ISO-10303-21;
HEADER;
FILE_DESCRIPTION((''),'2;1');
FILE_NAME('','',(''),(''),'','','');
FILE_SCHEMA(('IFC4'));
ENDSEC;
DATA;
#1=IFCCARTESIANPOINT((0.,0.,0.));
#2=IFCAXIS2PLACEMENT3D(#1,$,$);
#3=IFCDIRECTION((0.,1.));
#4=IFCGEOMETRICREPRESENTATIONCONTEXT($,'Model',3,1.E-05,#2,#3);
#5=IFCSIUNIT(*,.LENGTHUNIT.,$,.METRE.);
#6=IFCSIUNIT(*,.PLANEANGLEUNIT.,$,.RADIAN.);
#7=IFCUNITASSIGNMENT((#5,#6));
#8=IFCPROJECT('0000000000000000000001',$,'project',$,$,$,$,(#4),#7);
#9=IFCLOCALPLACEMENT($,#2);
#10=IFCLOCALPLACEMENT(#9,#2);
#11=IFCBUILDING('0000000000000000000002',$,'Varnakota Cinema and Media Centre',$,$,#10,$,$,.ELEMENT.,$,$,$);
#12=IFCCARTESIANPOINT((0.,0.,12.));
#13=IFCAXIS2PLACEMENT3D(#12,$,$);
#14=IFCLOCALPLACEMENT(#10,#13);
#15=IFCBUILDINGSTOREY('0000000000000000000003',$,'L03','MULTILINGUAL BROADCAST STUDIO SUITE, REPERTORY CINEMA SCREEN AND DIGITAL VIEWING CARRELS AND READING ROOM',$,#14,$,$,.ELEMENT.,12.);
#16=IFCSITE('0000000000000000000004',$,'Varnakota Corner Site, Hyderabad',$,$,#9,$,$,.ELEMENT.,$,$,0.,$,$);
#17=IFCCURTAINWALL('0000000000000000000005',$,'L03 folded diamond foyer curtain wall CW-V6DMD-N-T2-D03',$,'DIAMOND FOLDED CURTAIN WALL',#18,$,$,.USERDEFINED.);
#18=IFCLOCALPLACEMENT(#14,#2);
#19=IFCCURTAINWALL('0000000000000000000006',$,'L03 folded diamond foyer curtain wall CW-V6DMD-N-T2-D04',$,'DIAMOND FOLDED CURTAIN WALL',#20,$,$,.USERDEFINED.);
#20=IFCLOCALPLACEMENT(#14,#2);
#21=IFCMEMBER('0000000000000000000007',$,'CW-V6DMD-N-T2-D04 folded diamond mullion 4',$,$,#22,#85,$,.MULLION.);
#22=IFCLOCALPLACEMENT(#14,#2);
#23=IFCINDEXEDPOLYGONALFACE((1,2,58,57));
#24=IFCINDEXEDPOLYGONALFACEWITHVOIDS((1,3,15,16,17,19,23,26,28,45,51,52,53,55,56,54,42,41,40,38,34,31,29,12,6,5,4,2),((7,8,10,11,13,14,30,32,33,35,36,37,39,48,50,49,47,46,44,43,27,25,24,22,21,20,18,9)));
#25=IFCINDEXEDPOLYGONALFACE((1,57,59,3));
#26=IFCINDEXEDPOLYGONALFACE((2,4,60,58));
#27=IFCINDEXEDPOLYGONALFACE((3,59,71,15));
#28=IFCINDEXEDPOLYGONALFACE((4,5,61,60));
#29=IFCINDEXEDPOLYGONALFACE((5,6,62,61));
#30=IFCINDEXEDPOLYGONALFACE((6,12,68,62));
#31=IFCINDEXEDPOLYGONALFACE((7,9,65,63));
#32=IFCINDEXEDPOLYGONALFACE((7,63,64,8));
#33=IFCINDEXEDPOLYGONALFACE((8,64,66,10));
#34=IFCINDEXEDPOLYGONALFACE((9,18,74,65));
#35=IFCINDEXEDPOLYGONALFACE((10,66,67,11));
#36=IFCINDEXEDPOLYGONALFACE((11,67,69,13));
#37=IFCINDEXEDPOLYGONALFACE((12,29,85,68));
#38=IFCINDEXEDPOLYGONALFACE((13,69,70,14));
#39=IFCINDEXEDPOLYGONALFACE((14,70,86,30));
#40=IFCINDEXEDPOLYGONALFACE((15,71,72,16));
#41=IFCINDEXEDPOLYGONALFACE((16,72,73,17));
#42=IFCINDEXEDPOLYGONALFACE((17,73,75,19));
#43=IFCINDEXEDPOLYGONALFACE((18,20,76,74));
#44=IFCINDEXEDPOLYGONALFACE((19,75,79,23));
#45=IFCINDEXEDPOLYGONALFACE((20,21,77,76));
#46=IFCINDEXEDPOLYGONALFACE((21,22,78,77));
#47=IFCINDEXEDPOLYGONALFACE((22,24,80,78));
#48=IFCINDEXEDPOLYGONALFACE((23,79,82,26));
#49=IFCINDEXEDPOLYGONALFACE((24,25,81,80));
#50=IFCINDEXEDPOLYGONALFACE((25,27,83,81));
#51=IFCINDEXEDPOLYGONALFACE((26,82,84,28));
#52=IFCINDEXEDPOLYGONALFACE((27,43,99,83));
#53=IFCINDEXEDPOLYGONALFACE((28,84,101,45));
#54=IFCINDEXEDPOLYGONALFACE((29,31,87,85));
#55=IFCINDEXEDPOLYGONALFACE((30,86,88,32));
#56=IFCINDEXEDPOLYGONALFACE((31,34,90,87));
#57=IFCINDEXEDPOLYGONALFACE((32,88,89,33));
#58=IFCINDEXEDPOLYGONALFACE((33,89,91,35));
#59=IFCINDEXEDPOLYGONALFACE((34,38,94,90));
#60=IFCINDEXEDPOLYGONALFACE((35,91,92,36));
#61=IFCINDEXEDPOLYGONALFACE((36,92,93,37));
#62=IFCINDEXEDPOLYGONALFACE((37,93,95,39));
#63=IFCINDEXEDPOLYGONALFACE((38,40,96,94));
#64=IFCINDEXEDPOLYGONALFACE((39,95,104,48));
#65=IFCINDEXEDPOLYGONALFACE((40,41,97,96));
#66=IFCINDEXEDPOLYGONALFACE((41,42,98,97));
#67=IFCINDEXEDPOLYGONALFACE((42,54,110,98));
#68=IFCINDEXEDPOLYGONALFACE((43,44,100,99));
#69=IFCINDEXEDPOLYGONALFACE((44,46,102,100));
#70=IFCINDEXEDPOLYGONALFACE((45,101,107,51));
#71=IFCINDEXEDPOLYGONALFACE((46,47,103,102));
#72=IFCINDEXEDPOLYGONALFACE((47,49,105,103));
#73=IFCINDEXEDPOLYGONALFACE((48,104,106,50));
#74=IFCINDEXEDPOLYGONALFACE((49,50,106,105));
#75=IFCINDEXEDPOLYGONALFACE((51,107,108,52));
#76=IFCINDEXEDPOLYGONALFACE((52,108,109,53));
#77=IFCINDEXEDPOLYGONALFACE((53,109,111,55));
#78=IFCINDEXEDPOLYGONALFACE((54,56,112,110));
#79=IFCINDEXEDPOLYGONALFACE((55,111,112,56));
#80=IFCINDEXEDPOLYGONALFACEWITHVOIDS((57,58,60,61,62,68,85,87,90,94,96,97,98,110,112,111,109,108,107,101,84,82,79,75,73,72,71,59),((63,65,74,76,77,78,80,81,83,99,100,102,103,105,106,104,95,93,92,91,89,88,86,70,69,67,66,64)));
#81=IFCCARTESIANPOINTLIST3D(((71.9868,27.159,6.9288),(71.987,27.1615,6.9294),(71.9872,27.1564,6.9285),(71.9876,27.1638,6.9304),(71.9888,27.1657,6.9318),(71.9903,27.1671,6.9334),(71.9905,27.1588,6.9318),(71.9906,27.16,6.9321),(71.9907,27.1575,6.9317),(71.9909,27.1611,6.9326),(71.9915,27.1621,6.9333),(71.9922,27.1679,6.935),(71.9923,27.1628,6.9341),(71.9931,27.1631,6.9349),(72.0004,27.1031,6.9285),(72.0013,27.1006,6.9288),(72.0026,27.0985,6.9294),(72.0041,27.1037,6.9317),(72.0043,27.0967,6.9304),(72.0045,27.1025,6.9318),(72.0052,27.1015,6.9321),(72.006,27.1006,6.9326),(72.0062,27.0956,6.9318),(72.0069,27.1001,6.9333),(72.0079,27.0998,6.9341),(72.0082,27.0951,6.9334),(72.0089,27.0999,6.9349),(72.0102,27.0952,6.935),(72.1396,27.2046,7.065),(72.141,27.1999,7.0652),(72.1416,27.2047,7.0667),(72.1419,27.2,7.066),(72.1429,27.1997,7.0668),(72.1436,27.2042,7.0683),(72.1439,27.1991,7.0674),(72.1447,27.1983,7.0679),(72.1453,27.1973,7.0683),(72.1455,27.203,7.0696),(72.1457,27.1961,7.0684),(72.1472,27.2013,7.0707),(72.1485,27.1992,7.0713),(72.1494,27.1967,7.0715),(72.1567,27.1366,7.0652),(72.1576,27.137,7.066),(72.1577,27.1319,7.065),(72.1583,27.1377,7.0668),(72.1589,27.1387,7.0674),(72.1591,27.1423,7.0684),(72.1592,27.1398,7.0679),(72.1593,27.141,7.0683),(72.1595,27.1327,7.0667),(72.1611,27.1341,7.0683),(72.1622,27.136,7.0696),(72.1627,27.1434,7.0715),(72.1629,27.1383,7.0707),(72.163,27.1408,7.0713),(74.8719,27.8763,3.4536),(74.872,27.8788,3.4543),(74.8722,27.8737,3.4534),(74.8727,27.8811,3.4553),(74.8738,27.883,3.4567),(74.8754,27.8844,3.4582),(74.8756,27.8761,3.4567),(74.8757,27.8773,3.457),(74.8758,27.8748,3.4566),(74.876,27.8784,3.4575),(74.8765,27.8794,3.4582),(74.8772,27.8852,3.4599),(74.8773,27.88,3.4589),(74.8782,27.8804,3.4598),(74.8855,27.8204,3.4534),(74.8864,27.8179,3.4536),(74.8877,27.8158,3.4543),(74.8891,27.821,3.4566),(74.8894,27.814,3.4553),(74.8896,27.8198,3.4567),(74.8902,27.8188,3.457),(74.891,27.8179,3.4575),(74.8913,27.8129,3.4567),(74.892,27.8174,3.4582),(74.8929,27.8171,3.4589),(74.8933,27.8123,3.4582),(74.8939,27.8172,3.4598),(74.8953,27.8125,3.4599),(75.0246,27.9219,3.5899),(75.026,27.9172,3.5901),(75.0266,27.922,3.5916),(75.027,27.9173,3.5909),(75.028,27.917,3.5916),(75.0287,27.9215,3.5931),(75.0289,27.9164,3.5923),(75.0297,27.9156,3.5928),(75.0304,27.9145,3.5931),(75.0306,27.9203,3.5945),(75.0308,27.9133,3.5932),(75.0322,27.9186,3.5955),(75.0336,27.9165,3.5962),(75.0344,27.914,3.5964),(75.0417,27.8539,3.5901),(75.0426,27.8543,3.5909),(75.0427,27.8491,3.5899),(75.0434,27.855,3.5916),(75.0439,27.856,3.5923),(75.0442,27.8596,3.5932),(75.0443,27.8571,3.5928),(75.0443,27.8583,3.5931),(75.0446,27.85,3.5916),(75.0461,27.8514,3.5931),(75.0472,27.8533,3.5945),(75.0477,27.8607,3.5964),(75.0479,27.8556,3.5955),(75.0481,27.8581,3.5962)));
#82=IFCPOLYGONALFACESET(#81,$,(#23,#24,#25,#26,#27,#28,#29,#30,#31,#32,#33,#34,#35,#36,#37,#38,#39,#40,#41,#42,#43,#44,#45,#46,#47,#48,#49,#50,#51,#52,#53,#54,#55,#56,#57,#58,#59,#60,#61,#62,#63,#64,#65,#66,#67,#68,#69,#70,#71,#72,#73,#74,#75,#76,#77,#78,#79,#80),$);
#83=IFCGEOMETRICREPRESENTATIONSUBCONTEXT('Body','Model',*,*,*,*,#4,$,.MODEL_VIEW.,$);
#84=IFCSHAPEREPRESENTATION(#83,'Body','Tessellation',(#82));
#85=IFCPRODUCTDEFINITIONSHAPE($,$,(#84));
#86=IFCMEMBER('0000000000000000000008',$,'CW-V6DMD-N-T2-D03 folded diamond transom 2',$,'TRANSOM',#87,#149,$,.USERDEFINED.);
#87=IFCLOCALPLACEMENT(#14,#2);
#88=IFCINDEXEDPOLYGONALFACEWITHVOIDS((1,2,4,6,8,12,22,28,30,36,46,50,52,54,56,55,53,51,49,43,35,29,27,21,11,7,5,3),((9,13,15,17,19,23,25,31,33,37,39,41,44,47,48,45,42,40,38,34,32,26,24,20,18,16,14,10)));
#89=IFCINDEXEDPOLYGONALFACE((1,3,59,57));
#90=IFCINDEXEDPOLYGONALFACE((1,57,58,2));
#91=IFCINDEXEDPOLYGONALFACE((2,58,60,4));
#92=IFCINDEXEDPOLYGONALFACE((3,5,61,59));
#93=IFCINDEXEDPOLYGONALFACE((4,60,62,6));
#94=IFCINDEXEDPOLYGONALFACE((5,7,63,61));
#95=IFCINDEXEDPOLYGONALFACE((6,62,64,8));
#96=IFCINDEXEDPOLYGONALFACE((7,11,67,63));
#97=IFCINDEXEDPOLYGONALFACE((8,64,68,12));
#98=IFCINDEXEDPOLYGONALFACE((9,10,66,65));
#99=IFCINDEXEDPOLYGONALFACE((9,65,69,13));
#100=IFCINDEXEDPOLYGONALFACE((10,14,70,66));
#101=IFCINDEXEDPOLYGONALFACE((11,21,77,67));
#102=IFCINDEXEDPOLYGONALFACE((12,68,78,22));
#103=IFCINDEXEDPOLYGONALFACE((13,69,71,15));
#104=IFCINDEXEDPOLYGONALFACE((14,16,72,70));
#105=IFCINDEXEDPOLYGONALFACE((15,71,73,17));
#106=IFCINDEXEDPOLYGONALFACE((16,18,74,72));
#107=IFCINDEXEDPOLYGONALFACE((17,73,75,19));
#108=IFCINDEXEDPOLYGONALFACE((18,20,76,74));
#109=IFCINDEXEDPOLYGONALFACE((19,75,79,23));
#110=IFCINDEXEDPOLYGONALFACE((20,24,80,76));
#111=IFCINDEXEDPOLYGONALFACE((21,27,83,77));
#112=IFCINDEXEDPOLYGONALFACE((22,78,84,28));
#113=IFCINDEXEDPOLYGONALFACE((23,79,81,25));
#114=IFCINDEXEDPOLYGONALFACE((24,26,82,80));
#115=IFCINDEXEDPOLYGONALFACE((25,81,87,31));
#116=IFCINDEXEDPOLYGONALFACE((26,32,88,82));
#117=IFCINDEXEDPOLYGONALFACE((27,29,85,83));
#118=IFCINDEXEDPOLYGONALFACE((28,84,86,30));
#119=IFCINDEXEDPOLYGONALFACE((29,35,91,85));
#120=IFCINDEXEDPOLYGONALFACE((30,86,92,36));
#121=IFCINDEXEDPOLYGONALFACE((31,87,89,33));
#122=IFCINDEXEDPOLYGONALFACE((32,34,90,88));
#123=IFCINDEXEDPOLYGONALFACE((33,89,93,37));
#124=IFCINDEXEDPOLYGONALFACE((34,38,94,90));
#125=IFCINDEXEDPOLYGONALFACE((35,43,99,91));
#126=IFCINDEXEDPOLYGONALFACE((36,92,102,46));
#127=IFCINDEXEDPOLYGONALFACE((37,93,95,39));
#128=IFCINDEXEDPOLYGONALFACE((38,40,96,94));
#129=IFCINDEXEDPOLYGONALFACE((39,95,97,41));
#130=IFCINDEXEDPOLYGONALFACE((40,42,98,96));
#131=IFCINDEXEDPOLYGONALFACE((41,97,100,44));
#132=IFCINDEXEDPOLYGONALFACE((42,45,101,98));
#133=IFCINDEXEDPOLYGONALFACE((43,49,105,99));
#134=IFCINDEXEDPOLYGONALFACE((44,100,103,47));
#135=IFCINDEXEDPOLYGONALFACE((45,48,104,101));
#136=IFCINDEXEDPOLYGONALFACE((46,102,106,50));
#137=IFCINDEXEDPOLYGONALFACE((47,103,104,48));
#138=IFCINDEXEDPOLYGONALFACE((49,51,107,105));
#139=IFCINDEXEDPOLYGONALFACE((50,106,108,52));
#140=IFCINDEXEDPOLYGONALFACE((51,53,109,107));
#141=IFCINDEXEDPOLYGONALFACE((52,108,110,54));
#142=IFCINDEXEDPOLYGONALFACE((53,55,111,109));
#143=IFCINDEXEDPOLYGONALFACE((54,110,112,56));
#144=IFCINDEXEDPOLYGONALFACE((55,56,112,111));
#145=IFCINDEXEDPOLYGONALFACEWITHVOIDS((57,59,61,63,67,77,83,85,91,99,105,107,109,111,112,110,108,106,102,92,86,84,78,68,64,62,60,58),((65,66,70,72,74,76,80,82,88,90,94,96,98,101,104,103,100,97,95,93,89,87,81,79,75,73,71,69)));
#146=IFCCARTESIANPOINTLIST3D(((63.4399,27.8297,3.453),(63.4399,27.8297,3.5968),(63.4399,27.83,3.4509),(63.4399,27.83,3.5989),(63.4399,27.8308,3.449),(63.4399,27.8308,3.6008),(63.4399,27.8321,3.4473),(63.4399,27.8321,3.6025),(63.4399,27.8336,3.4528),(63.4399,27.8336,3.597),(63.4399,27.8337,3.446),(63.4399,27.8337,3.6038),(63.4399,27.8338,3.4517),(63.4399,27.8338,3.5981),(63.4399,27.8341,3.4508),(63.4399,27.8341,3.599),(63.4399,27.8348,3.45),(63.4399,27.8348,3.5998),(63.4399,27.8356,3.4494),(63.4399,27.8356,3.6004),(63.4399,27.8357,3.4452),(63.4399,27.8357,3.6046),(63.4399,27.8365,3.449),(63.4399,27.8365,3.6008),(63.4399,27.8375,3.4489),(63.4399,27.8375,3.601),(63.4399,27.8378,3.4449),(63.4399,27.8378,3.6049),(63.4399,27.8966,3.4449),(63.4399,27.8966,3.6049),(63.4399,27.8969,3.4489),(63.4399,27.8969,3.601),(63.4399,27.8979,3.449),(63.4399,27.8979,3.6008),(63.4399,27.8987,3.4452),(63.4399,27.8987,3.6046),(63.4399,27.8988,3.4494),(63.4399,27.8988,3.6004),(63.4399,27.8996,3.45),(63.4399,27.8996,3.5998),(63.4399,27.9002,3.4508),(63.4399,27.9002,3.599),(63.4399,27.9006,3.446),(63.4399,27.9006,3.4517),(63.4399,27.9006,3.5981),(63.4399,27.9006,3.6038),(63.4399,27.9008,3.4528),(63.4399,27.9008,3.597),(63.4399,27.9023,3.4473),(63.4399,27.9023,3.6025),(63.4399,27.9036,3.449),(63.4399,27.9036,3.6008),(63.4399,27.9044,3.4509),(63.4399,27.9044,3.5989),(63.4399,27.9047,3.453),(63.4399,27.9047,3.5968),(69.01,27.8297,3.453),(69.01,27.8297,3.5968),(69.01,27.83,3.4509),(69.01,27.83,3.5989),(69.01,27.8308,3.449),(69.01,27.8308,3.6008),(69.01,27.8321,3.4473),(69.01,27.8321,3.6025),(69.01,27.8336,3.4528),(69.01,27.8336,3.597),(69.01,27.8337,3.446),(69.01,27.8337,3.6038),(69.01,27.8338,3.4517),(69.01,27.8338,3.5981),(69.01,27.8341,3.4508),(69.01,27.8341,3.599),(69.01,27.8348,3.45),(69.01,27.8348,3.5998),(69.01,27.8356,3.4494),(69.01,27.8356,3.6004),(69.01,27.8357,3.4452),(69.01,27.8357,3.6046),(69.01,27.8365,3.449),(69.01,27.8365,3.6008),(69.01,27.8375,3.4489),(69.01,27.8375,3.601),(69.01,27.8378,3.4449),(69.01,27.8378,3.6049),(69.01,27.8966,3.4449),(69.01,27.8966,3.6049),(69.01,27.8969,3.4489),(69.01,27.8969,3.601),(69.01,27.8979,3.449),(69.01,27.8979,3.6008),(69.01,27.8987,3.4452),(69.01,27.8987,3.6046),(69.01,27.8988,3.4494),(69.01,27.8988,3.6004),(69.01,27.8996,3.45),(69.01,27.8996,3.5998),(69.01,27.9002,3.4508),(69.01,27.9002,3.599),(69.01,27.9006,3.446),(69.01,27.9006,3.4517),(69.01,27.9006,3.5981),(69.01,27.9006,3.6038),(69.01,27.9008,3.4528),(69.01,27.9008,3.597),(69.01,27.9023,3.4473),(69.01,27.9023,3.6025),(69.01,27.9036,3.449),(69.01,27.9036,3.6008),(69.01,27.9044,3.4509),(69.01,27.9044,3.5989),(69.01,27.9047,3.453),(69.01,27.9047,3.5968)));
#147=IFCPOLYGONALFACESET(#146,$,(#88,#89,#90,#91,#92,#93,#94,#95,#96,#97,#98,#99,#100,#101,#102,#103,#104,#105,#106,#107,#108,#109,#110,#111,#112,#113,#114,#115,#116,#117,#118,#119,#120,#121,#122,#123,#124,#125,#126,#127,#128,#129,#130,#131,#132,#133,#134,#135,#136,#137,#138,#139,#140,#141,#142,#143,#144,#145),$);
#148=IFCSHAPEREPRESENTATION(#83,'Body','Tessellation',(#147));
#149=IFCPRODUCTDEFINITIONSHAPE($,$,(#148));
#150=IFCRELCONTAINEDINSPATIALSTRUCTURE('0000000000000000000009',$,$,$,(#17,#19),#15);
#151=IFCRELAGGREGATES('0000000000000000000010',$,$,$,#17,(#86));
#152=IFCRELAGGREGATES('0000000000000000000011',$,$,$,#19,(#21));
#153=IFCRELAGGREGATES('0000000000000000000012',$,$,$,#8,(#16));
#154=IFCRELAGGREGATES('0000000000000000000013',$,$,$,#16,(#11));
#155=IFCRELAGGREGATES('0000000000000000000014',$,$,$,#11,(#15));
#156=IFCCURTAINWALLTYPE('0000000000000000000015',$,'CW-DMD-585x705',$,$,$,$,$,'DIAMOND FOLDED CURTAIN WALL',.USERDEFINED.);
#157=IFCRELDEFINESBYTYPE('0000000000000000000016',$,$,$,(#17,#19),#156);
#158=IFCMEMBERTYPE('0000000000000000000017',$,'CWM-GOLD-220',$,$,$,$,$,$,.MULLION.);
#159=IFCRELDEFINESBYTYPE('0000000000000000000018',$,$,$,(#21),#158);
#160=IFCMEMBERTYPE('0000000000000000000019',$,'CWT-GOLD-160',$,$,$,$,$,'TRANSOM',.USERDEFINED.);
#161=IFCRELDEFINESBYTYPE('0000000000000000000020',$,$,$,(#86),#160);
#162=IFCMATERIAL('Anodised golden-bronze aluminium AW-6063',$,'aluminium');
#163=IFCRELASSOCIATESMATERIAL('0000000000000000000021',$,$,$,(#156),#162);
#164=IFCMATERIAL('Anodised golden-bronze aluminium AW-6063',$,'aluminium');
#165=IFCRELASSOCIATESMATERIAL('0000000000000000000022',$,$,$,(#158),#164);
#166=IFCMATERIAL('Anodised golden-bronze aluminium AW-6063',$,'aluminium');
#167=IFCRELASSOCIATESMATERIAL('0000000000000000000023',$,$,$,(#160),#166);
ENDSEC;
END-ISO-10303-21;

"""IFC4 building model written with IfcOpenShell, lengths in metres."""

from ifc_helpers import new_model, si_unit, direction, frame, origin, origin_2d, place, context, subcontext, project, spatial, hollow_rectangle, extrude, material, material_profile, profile_set, type_object, element, aggregate, save


model = new_model("IFC4")

# Units and contexts
model_context = context("Model", 3, precision=1e-05, world=origin(), true_north=direction((0.0, 1.0)))
body_context = subcontext(model_context, "Body", "Model", "MODEL_VIEW")
ifc_project = project(units=[si_unit("LENGTHUNIT", "METRE"), si_unit("PLANEANGLEUNIT", "RADIAN")], contexts=[model_context])

# Site, building, storey
site_placement = place(None, origin())
site = spatial("IfcSite", under=ifc_project, at=site_placement, Name="Varnakota Corner Site, Hyderabad", CompositionType="ELEMENT", RefElevation=0.0)
building_placement = place(site_placement, origin())
building = spatial("IfcBuilding", under=site, at=building_placement, Name="Varnakota Cinema and Media Centre", CompositionType="ELEMENT")
storey_placement = place(building_placement, frame((0.0, 0.0, 12.0)))
storey = spatial("IfcBuildingStorey", under=building, at=storey_placement, Name="L03", Description="MULTILINGUAL BROADCAST STUDIO SUITE, REPERTORY CINEMA SCREEN AND DIGITAL VIEWING CARRELS AND READING ROOM", CompositionType="ELEMENT", Elevation=12.0)

# Shared definitions
ifc_material_1 = material(Name="Anodised golden-bronze aluminium AW-6063", Category="aluminium")
curtain_wall_type = type_object("IfcCurtainWallType", Name="CW-DMD-585x705", ElementType="DIAMOND FOLDED CURTAIN WALL", PredefinedType="USERDEFINED", material=ifc_material_1)
ifc_material_2 = material(Name="Anodised golden-bronze aluminium AW-6063", Category="aluminium")
ifc_material_profile_1 = material_profile(ifc_material_2, hollow_rectangle(XDim=0.075, YDim=0.22, WallThickness=0.0049, InnerFilletRadius=0.0049, OuterFilletRadius=0.01, at=origin_2d()), Name="AL-MULLION 220x75x5")
ifc_profile_set_1 = profile_set([ifc_material_profile_1], Name="Anodised golden-bronze aluminium AW-6063")
member_type_1 = type_object("IfcMemberType", Name="CWM-GOLD-220", PredefinedType="MULLION", material=ifc_profile_set_1)

# Curtain walls, member
curtain_wall_1_placement = place(storey_placement, origin())
curtain_wall_1 = element("IfcCurtainWall", 1, at=curtain_wall_1_placement, inside=storey, type_object=curtain_wall_type, Name="L03 folded diamond foyer curtain wall CW-V6DMD-N-T2-D03", ObjectType="DIAMOND FOLDED CURTAIN WALL", PredefinedType="USERDEFINED")
curtain_wall_2_placement = place(storey_placement, origin())
curtain_wall_2 = element("IfcCurtainWall", 2, at=curtain_wall_2_placement, inside=storey, type_object=curtain_wall_type, Name="L03 folded diamond foyer curtain wall CW-V6DMD-N-T2-D04", ObjectType="DIAMOND FOLDED CURTAIN WALL", PredefinedType="USERDEFINED")
member_1_placement = place(storey_placement, frame((74.96, 27.8672, 3.5249), z_axis=(-0.630853, -0.156846, 0.759885), x_axis=(0.241279, -0.970456, 0.0)))
member_1 = element("IfcMember", 3, at=member_1_placement, type_object=member_type_1, Name="CW-V6DMD-N-T2-D04 folded diamond mullion 4", PredefinedType="MULLION", context=body_context, shape_type="SweptSolid", body=[
    extrude(hollow_rectangle(XDim=0.075, YDim=0.22, WallThickness=0.0049, InnerFilletRadius=0.0049, OuterFilletRadius=0.01, at=origin_2d()), origin(), (0.0, 0.0, 1.0), 4.5732),
])

# Member
ifc_material_3 = material(Name="Anodised golden-bronze aluminium AW-6063", Category="aluminium")
ifc_material_profile_2 = material_profile(ifc_material_3, hollow_rectangle(XDim=0.075, YDim=0.1599, WallThickness=0.0039, InnerFilletRadius=0.0039, OuterFilletRadius=0.0081, at=origin_2d()), Name="AL-TRANSOM 160x75x4")
ifc_profile_set_2 = profile_set([ifc_material_profile_2], Name="Anodised golden-bronze aluminium AW-6063")
member_type_2 = type_object("IfcMemberType", Name="CWT-GOLD-160", ElementType="TRANSOM", PredefinedType="USERDEFINED", material=ifc_profile_set_2)
member_2_placement = place(storey_placement, frame((63.4399, 27.8672, 3.5249), z_axis=(1.0, 0.0, 0.0), x_axis=(0.0, 1.0, 0.0)))
member_2 = element("IfcMember", 4, at=member_2_placement, type_object=member_type_2, Name="CW-V6DMD-N-T2-D03 folded diamond transom 2", ObjectType="TRANSOM", PredefinedType="USERDEFINED", context=body_context, shape_type="SweptSolid", body=[
    extrude(hollow_rectangle(XDim=0.075, YDim=0.1599, WallThickness=0.0039, InnerFilletRadius=0.0039, OuterFilletRadius=0.0081, at=origin_2d()), origin(), (0.0, 0.0, 1.0), 5.5701),
])
aggregate(curtain_wall_1, [member_2])

aggregate(curtain_wall_2, [member_1])

save(model, "model.ifc")
